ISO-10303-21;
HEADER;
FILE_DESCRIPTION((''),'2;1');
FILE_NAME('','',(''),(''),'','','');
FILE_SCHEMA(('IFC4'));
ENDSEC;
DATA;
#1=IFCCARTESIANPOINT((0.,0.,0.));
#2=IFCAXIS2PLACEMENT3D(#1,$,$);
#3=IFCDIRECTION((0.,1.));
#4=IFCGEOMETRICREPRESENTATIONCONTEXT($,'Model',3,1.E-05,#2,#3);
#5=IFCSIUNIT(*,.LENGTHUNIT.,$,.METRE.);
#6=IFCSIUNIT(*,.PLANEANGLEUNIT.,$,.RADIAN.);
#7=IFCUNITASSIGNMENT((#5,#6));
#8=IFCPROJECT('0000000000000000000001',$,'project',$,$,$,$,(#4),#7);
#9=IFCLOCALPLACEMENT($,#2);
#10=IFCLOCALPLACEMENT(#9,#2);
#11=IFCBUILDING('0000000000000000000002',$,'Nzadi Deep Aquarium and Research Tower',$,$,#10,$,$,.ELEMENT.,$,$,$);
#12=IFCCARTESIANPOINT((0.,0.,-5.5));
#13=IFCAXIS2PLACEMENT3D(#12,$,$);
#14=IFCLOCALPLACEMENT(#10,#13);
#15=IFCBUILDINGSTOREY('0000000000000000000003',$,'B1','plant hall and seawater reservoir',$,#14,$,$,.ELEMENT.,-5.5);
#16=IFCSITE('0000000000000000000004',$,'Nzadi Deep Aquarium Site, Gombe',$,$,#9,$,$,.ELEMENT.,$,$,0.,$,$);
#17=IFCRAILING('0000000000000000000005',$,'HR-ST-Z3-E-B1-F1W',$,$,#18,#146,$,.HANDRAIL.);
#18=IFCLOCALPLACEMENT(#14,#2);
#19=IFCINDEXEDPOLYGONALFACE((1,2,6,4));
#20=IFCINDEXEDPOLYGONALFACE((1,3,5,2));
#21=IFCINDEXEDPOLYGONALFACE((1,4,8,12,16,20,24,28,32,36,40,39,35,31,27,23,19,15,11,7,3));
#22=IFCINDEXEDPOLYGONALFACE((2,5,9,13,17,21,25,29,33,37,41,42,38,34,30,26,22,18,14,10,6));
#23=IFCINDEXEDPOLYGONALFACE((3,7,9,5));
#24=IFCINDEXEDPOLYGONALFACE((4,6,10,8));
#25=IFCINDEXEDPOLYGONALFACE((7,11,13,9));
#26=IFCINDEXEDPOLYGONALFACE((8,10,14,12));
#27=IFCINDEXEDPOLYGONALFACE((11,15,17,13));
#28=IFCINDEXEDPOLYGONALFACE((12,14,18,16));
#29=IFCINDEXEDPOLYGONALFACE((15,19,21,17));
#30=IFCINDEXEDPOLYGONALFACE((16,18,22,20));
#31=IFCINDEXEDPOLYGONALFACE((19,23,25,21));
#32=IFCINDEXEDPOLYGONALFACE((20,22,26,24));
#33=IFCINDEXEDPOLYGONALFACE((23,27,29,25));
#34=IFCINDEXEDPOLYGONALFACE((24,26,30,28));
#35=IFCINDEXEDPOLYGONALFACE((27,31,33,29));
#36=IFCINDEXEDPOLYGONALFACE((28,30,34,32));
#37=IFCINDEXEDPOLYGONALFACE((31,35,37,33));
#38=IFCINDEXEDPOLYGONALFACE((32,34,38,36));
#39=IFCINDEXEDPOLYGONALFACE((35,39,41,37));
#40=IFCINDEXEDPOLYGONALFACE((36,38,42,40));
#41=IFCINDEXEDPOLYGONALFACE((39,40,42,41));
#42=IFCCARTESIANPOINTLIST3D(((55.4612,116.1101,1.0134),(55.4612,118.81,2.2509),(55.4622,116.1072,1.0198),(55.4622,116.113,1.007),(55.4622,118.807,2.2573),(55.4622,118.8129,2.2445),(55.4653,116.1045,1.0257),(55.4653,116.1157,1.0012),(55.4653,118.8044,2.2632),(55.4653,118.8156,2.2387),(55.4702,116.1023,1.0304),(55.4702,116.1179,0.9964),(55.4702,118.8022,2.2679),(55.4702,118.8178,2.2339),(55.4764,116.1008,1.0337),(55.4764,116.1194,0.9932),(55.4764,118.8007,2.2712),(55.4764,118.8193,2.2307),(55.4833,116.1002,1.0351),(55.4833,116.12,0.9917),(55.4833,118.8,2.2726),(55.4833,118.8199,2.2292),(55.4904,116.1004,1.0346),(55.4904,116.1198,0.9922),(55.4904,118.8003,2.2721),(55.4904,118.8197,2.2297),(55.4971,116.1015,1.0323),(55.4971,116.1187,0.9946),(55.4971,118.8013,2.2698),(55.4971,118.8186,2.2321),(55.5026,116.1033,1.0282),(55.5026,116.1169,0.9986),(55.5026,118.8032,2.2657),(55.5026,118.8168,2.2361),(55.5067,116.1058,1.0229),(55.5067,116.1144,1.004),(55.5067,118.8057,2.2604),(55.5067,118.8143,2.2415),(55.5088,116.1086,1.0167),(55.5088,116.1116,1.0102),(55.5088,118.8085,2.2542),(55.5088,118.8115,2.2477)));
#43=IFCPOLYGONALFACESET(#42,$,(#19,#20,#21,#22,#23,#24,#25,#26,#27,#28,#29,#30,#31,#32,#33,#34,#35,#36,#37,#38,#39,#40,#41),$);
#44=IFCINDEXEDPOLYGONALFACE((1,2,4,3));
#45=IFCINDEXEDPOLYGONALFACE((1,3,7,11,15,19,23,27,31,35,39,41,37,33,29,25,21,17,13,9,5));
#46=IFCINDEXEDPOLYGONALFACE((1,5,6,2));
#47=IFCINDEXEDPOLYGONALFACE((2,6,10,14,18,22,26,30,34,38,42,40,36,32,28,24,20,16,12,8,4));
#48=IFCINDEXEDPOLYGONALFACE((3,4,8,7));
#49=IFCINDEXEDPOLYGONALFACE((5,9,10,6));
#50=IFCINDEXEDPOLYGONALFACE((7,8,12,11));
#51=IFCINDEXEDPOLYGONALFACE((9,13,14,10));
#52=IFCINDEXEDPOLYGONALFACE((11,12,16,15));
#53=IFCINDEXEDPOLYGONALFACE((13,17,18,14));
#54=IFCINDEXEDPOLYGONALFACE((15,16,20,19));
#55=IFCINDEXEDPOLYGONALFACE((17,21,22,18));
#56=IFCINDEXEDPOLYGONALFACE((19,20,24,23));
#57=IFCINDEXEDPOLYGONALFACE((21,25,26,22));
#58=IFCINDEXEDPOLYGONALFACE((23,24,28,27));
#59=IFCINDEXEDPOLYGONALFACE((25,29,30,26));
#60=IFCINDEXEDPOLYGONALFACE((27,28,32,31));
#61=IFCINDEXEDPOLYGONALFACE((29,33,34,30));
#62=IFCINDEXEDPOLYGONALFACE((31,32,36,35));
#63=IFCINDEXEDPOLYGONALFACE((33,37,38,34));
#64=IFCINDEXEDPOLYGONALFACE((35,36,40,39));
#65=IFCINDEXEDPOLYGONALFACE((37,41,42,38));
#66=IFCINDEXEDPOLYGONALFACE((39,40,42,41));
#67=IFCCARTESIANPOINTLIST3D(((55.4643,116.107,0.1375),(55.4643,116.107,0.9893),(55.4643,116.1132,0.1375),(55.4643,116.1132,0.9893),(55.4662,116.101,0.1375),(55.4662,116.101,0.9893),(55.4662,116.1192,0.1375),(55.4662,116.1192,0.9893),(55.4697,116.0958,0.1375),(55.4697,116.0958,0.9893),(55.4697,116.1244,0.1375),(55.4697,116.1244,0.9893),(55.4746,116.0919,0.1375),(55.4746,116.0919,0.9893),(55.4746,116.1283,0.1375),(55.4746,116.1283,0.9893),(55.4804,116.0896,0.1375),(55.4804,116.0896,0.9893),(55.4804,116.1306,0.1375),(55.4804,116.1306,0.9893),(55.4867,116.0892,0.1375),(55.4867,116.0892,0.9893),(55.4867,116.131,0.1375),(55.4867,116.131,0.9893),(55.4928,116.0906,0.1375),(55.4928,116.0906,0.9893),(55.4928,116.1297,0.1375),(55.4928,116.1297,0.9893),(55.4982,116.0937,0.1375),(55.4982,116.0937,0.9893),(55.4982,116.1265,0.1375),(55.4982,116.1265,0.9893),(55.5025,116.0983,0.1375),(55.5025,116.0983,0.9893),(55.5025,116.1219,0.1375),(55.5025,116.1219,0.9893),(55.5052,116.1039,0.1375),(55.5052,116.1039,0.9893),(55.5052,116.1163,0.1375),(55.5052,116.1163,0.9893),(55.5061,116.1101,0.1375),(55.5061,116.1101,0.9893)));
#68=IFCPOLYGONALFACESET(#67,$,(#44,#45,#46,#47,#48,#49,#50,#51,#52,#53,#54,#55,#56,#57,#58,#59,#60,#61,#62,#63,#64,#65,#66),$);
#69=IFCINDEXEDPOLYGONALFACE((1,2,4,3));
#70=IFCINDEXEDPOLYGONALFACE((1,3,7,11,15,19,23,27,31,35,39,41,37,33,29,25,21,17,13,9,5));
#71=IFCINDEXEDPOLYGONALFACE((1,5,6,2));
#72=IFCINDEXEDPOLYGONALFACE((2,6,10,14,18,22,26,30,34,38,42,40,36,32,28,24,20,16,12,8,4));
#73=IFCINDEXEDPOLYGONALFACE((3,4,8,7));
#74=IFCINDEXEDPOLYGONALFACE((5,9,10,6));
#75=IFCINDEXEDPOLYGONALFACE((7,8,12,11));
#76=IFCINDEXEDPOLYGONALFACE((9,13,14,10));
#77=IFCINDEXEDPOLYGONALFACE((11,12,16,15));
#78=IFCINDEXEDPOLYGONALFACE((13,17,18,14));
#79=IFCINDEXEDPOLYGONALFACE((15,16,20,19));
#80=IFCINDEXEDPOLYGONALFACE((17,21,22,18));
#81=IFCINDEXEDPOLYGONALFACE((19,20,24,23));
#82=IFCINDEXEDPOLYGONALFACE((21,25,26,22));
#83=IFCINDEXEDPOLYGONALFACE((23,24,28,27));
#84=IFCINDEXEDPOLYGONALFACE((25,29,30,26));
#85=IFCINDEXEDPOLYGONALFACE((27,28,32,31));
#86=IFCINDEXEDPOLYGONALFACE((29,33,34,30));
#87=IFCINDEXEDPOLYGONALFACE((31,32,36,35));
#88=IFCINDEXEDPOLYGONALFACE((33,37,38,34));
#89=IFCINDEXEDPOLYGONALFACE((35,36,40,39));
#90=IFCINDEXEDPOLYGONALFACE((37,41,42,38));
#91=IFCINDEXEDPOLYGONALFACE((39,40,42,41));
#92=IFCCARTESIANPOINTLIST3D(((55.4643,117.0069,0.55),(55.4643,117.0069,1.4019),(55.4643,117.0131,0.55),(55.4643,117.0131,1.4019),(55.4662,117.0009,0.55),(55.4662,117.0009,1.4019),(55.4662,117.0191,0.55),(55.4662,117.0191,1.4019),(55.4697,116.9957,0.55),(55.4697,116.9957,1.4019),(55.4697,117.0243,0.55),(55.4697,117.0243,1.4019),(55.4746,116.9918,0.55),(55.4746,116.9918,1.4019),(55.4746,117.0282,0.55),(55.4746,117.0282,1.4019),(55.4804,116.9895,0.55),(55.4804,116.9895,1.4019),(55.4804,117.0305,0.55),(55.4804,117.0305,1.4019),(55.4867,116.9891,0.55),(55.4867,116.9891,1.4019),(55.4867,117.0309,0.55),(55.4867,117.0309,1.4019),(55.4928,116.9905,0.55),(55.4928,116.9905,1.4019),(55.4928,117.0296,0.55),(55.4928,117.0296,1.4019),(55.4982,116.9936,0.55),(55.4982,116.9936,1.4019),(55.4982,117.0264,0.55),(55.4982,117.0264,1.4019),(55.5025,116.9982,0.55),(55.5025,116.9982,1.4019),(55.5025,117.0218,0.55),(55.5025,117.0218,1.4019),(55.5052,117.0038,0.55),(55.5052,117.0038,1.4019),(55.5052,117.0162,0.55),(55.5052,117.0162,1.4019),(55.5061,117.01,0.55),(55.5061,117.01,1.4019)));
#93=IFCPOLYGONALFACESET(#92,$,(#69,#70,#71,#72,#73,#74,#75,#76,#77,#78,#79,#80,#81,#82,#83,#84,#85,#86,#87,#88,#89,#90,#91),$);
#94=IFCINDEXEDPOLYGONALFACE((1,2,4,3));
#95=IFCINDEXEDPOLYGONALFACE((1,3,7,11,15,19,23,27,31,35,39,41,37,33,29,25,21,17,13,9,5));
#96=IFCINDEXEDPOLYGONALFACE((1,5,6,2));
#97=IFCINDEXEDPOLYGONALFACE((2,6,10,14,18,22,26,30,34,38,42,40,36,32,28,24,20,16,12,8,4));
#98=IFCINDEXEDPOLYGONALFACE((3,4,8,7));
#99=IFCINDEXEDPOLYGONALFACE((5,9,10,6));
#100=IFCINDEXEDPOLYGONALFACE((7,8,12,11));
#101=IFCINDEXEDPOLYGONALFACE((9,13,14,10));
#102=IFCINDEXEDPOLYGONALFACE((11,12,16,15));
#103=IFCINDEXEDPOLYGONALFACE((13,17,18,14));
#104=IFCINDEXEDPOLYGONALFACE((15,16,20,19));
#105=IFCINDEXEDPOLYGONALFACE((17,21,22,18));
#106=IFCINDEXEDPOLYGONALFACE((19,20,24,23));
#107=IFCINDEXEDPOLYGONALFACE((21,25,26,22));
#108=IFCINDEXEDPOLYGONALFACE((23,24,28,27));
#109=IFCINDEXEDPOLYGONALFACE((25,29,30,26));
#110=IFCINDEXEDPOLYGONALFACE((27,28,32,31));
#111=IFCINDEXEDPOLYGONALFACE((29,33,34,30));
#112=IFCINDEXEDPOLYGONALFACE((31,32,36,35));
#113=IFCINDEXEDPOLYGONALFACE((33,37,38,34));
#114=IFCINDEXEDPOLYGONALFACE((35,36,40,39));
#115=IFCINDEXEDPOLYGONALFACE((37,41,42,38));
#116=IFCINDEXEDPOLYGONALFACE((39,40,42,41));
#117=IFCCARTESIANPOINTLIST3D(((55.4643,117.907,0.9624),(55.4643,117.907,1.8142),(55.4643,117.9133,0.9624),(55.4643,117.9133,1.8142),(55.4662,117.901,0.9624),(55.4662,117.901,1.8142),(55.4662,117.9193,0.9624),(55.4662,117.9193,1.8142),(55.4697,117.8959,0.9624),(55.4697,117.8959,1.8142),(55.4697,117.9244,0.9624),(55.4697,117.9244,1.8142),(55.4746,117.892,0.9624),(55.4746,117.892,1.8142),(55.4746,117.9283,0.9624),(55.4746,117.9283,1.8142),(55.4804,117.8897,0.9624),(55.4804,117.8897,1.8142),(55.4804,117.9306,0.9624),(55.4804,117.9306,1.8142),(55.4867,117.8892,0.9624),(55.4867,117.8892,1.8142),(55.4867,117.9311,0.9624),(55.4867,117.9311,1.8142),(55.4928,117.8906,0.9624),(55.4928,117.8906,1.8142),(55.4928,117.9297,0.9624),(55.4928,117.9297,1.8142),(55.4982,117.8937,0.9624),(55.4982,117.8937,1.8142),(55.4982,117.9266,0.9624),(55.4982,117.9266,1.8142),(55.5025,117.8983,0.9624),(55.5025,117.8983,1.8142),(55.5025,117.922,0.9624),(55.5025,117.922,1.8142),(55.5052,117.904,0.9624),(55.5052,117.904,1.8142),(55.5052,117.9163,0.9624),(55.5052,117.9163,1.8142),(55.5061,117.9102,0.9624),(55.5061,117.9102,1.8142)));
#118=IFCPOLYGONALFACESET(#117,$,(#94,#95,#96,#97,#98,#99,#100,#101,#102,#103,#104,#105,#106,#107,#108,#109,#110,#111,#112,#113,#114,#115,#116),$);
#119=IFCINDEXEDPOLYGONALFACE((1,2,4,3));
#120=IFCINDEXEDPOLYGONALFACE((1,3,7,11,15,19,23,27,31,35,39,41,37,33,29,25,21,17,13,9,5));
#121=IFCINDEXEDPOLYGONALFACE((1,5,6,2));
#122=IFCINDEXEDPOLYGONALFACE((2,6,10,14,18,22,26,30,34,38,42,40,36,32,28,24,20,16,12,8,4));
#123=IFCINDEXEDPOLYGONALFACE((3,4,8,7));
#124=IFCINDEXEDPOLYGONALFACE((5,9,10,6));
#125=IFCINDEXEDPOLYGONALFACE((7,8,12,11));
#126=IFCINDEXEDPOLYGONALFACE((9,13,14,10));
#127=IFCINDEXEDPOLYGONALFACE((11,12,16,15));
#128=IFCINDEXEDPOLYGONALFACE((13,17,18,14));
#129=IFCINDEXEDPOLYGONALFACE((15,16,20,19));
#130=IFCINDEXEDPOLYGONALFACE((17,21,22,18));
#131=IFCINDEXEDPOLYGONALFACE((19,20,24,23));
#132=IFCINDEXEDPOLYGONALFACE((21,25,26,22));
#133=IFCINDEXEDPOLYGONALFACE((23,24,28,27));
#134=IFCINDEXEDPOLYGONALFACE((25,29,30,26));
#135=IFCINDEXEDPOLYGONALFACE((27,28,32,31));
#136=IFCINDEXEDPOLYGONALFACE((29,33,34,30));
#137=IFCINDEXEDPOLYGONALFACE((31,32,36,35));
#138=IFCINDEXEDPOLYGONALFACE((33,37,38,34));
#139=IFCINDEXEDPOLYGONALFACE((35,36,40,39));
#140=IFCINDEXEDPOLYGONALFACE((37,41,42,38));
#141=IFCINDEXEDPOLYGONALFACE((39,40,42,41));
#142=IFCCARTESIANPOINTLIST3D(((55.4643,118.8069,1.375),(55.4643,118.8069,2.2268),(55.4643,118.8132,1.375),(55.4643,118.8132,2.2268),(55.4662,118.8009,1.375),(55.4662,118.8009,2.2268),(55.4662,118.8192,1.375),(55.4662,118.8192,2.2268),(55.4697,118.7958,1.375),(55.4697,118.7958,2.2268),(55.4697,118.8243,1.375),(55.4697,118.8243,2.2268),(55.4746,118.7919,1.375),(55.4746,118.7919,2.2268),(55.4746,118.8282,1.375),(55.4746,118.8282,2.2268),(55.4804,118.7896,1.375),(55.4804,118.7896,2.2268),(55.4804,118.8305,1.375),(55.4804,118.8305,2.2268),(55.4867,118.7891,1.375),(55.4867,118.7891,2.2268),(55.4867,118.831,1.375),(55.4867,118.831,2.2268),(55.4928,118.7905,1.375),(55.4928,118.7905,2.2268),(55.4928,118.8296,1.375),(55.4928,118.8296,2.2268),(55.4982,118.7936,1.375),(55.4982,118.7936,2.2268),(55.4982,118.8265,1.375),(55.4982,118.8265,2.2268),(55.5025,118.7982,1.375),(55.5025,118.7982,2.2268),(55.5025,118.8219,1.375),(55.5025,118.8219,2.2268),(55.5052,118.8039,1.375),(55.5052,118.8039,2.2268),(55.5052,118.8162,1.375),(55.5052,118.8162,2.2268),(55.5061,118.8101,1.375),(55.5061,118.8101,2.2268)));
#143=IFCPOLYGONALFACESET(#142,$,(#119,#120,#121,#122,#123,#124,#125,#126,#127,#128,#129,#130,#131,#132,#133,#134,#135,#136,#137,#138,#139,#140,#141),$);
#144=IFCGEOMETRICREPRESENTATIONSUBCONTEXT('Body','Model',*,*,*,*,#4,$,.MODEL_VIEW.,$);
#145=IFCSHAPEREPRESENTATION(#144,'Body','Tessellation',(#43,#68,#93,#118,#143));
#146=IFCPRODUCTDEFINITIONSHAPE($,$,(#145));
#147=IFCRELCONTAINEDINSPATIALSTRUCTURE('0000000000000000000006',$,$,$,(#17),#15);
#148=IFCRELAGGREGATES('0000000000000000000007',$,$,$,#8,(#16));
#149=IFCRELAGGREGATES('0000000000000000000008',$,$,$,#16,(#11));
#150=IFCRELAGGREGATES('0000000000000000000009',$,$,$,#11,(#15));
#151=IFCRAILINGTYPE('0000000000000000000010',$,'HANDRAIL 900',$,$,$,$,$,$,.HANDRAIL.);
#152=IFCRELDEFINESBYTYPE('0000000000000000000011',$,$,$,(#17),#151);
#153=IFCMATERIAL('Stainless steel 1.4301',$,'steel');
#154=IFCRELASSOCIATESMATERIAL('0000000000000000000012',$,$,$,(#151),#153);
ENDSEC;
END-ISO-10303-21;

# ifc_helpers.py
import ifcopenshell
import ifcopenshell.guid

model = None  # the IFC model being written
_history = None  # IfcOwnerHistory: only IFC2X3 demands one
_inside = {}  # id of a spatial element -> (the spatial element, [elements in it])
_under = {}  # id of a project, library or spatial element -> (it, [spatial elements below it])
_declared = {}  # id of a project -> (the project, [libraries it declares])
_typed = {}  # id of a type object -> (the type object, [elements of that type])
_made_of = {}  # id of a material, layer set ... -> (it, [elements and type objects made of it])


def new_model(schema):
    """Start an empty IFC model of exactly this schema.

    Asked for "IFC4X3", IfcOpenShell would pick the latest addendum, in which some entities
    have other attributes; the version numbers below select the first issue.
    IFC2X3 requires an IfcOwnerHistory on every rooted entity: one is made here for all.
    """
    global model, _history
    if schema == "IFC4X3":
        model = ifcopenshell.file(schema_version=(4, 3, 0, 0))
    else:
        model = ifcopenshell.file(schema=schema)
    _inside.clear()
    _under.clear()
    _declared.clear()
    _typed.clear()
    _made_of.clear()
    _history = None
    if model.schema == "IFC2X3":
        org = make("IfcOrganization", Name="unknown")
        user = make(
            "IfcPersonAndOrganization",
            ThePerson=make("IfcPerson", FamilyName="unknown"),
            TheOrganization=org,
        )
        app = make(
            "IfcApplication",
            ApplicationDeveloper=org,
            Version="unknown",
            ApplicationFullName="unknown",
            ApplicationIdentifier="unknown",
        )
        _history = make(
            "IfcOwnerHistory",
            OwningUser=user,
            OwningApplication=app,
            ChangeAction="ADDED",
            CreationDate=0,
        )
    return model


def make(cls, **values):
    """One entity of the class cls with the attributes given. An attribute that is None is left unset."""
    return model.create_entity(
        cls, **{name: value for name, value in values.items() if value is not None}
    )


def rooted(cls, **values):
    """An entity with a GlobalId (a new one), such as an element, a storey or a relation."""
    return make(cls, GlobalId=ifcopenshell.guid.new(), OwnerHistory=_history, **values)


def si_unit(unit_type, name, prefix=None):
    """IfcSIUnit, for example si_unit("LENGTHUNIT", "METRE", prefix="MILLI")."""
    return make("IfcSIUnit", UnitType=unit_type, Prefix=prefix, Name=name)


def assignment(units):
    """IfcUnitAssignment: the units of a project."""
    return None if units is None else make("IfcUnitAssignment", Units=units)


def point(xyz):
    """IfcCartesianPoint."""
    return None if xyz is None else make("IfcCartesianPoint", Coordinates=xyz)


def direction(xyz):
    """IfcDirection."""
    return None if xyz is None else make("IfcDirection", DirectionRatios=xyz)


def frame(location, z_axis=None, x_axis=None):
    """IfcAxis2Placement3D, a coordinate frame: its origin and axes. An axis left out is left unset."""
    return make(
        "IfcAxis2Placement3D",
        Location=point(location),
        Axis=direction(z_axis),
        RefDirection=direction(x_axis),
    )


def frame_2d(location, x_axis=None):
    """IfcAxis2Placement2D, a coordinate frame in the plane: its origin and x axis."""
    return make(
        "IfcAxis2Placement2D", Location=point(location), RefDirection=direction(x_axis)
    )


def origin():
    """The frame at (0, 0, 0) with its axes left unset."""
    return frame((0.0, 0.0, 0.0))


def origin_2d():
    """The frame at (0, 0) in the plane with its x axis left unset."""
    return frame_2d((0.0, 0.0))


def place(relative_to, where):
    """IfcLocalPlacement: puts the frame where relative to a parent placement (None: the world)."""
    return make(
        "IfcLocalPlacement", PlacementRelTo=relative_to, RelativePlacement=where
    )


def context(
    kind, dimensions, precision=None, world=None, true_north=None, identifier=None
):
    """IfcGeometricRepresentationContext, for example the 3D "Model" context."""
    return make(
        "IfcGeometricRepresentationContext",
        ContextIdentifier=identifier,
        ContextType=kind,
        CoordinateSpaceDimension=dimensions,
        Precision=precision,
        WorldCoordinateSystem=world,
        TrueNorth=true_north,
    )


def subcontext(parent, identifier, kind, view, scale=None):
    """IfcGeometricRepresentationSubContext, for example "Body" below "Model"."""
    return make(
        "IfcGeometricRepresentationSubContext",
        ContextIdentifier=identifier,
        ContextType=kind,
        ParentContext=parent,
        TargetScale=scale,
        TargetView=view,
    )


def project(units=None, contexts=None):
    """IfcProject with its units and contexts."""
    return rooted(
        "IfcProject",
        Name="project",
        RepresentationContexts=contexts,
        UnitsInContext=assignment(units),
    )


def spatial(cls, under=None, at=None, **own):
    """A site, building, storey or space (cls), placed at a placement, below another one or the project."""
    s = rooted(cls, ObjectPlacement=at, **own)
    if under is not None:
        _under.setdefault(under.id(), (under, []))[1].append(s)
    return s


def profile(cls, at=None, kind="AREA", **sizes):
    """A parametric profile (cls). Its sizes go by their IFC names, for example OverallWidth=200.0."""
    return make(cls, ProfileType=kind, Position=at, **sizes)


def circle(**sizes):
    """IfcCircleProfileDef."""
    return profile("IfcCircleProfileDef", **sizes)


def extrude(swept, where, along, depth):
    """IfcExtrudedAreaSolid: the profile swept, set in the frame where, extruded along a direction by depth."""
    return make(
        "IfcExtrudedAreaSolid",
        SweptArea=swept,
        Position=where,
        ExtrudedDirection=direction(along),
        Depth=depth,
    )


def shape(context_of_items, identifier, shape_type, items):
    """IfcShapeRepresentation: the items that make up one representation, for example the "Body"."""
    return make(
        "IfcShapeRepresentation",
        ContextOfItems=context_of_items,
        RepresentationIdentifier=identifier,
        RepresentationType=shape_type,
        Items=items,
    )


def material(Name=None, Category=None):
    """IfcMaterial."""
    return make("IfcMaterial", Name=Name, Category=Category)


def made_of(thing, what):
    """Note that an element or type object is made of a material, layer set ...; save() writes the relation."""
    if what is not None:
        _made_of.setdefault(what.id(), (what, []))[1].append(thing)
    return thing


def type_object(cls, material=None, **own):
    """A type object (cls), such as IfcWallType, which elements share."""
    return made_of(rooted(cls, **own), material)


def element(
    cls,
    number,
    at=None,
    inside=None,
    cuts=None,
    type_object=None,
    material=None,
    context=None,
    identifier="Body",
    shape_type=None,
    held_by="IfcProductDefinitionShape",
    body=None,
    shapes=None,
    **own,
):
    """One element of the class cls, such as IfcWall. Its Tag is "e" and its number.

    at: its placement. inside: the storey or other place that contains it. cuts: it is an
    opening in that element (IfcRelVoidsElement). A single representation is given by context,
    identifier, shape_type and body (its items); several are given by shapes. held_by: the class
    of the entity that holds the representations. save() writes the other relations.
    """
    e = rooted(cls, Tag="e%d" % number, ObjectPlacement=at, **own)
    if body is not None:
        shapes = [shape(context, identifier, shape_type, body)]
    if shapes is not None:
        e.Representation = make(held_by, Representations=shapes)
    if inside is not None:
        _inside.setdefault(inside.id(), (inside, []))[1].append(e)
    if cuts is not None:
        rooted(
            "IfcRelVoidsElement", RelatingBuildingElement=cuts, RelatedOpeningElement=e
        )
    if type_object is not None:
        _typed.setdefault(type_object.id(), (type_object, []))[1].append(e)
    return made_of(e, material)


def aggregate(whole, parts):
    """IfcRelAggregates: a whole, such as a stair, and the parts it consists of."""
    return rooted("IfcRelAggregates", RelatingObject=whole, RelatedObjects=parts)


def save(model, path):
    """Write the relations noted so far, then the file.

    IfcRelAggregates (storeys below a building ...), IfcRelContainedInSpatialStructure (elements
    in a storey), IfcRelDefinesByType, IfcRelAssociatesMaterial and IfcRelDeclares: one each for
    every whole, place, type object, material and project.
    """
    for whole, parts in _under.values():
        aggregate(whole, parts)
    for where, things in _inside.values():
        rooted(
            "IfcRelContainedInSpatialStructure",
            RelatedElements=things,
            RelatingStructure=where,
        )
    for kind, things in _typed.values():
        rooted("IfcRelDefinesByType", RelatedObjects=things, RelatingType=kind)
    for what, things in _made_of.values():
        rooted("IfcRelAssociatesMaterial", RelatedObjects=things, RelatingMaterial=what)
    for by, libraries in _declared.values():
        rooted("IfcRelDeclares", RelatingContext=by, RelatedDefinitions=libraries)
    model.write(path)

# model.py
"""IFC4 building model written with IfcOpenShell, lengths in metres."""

from ifc_helpers import new_model, si_unit, direction, frame, origin, origin_2d, place, context, subcontext, project, spatial, circle, extrude, material, type_object, element, save


model = new_model("IFC4")

# Units and contexts
model_context = context("Model", 3, precision=1e-05, world=origin(), true_north=direction((0.0, 1.0)))
body_context = subcontext(model_context, "Body", "Model", "MODEL_VIEW")
ifc_project = project(units=[si_unit("LENGTHUNIT", "METRE"), si_unit("PLANEANGLEUNIT", "RADIAN")], contexts=[model_context])

# Site, building, storey
site_placement = place(None, origin())
site = spatial("IfcSite", under=ifc_project, at=site_placement, Name="Nzadi Deep Aquarium Site, Gombe", CompositionType="ELEMENT", RefElevation=0.0)
building_placement = place(site_placement, origin())
building = spatial("IfcBuilding", under=site, at=building_placement, Name="Nzadi Deep Aquarium and Research Tower", CompositionType="ELEMENT")
storey_placement = place(building_placement, frame((0.0, 0.0, -5.5)))
storey = spatial("IfcBuildingStorey", under=building, at=storey_placement, Name="B1", Description="plant hall and seawater reservoir", CompositionType="ELEMENT", Elevation=-5.5)

# Railing
ifc_material_1 = material(Name="Stainless steel 1.4301", Category="steel")
railing_type = type_object("IfcRailingType", Name="HANDRAIL 900", PredefinedType="HANDRAIL", material=ifc_material_1)
for number, where, name in (
    (1, (55.4851, 116.1101, 0.1375), "HR-ST-Z3-E-B1-F1W"),
):
    element("IfcRailing", number, at=place(storey_placement, frame(where)), inside=storey, type_object=railing_type, Name=name, PredefinedType="HANDRAIL", context=body_context, shape_type="SweptSolid", body=[
        extrude(circle(Radius=0.0239, at=origin_2d()), frame((0.0, 0.0, 0.876), z_axis=(0.0, 0.909056, 0.416675), x_axis=(-1.0, 0.0, 0.0)), (0.0, 0.0, 1.0), 2.97),
        extrude(circle(Radius=0.021, at=origin_2d()), origin(), (0.0, 0.0, 1.0), 0.8518),
        extrude(circle(Radius=0.021, at=origin_2d()), frame((0.0, 0.8999, 0.4126)), (0.0, 0.0, 1.0), 0.8518),
        extrude(circle(Radius=0.021, at=origin_2d()), frame((0.0, 1.8, 0.825)), (0.0, 0.0, 1.0), 0.8518),
        extrude(circle(Radius=0.021, at=origin_2d()), frame((0.0, 2.7, 1.2375)), (0.0, 0.0, 1.0), 0.8518),
    ])

save(model, "model.ifc")
